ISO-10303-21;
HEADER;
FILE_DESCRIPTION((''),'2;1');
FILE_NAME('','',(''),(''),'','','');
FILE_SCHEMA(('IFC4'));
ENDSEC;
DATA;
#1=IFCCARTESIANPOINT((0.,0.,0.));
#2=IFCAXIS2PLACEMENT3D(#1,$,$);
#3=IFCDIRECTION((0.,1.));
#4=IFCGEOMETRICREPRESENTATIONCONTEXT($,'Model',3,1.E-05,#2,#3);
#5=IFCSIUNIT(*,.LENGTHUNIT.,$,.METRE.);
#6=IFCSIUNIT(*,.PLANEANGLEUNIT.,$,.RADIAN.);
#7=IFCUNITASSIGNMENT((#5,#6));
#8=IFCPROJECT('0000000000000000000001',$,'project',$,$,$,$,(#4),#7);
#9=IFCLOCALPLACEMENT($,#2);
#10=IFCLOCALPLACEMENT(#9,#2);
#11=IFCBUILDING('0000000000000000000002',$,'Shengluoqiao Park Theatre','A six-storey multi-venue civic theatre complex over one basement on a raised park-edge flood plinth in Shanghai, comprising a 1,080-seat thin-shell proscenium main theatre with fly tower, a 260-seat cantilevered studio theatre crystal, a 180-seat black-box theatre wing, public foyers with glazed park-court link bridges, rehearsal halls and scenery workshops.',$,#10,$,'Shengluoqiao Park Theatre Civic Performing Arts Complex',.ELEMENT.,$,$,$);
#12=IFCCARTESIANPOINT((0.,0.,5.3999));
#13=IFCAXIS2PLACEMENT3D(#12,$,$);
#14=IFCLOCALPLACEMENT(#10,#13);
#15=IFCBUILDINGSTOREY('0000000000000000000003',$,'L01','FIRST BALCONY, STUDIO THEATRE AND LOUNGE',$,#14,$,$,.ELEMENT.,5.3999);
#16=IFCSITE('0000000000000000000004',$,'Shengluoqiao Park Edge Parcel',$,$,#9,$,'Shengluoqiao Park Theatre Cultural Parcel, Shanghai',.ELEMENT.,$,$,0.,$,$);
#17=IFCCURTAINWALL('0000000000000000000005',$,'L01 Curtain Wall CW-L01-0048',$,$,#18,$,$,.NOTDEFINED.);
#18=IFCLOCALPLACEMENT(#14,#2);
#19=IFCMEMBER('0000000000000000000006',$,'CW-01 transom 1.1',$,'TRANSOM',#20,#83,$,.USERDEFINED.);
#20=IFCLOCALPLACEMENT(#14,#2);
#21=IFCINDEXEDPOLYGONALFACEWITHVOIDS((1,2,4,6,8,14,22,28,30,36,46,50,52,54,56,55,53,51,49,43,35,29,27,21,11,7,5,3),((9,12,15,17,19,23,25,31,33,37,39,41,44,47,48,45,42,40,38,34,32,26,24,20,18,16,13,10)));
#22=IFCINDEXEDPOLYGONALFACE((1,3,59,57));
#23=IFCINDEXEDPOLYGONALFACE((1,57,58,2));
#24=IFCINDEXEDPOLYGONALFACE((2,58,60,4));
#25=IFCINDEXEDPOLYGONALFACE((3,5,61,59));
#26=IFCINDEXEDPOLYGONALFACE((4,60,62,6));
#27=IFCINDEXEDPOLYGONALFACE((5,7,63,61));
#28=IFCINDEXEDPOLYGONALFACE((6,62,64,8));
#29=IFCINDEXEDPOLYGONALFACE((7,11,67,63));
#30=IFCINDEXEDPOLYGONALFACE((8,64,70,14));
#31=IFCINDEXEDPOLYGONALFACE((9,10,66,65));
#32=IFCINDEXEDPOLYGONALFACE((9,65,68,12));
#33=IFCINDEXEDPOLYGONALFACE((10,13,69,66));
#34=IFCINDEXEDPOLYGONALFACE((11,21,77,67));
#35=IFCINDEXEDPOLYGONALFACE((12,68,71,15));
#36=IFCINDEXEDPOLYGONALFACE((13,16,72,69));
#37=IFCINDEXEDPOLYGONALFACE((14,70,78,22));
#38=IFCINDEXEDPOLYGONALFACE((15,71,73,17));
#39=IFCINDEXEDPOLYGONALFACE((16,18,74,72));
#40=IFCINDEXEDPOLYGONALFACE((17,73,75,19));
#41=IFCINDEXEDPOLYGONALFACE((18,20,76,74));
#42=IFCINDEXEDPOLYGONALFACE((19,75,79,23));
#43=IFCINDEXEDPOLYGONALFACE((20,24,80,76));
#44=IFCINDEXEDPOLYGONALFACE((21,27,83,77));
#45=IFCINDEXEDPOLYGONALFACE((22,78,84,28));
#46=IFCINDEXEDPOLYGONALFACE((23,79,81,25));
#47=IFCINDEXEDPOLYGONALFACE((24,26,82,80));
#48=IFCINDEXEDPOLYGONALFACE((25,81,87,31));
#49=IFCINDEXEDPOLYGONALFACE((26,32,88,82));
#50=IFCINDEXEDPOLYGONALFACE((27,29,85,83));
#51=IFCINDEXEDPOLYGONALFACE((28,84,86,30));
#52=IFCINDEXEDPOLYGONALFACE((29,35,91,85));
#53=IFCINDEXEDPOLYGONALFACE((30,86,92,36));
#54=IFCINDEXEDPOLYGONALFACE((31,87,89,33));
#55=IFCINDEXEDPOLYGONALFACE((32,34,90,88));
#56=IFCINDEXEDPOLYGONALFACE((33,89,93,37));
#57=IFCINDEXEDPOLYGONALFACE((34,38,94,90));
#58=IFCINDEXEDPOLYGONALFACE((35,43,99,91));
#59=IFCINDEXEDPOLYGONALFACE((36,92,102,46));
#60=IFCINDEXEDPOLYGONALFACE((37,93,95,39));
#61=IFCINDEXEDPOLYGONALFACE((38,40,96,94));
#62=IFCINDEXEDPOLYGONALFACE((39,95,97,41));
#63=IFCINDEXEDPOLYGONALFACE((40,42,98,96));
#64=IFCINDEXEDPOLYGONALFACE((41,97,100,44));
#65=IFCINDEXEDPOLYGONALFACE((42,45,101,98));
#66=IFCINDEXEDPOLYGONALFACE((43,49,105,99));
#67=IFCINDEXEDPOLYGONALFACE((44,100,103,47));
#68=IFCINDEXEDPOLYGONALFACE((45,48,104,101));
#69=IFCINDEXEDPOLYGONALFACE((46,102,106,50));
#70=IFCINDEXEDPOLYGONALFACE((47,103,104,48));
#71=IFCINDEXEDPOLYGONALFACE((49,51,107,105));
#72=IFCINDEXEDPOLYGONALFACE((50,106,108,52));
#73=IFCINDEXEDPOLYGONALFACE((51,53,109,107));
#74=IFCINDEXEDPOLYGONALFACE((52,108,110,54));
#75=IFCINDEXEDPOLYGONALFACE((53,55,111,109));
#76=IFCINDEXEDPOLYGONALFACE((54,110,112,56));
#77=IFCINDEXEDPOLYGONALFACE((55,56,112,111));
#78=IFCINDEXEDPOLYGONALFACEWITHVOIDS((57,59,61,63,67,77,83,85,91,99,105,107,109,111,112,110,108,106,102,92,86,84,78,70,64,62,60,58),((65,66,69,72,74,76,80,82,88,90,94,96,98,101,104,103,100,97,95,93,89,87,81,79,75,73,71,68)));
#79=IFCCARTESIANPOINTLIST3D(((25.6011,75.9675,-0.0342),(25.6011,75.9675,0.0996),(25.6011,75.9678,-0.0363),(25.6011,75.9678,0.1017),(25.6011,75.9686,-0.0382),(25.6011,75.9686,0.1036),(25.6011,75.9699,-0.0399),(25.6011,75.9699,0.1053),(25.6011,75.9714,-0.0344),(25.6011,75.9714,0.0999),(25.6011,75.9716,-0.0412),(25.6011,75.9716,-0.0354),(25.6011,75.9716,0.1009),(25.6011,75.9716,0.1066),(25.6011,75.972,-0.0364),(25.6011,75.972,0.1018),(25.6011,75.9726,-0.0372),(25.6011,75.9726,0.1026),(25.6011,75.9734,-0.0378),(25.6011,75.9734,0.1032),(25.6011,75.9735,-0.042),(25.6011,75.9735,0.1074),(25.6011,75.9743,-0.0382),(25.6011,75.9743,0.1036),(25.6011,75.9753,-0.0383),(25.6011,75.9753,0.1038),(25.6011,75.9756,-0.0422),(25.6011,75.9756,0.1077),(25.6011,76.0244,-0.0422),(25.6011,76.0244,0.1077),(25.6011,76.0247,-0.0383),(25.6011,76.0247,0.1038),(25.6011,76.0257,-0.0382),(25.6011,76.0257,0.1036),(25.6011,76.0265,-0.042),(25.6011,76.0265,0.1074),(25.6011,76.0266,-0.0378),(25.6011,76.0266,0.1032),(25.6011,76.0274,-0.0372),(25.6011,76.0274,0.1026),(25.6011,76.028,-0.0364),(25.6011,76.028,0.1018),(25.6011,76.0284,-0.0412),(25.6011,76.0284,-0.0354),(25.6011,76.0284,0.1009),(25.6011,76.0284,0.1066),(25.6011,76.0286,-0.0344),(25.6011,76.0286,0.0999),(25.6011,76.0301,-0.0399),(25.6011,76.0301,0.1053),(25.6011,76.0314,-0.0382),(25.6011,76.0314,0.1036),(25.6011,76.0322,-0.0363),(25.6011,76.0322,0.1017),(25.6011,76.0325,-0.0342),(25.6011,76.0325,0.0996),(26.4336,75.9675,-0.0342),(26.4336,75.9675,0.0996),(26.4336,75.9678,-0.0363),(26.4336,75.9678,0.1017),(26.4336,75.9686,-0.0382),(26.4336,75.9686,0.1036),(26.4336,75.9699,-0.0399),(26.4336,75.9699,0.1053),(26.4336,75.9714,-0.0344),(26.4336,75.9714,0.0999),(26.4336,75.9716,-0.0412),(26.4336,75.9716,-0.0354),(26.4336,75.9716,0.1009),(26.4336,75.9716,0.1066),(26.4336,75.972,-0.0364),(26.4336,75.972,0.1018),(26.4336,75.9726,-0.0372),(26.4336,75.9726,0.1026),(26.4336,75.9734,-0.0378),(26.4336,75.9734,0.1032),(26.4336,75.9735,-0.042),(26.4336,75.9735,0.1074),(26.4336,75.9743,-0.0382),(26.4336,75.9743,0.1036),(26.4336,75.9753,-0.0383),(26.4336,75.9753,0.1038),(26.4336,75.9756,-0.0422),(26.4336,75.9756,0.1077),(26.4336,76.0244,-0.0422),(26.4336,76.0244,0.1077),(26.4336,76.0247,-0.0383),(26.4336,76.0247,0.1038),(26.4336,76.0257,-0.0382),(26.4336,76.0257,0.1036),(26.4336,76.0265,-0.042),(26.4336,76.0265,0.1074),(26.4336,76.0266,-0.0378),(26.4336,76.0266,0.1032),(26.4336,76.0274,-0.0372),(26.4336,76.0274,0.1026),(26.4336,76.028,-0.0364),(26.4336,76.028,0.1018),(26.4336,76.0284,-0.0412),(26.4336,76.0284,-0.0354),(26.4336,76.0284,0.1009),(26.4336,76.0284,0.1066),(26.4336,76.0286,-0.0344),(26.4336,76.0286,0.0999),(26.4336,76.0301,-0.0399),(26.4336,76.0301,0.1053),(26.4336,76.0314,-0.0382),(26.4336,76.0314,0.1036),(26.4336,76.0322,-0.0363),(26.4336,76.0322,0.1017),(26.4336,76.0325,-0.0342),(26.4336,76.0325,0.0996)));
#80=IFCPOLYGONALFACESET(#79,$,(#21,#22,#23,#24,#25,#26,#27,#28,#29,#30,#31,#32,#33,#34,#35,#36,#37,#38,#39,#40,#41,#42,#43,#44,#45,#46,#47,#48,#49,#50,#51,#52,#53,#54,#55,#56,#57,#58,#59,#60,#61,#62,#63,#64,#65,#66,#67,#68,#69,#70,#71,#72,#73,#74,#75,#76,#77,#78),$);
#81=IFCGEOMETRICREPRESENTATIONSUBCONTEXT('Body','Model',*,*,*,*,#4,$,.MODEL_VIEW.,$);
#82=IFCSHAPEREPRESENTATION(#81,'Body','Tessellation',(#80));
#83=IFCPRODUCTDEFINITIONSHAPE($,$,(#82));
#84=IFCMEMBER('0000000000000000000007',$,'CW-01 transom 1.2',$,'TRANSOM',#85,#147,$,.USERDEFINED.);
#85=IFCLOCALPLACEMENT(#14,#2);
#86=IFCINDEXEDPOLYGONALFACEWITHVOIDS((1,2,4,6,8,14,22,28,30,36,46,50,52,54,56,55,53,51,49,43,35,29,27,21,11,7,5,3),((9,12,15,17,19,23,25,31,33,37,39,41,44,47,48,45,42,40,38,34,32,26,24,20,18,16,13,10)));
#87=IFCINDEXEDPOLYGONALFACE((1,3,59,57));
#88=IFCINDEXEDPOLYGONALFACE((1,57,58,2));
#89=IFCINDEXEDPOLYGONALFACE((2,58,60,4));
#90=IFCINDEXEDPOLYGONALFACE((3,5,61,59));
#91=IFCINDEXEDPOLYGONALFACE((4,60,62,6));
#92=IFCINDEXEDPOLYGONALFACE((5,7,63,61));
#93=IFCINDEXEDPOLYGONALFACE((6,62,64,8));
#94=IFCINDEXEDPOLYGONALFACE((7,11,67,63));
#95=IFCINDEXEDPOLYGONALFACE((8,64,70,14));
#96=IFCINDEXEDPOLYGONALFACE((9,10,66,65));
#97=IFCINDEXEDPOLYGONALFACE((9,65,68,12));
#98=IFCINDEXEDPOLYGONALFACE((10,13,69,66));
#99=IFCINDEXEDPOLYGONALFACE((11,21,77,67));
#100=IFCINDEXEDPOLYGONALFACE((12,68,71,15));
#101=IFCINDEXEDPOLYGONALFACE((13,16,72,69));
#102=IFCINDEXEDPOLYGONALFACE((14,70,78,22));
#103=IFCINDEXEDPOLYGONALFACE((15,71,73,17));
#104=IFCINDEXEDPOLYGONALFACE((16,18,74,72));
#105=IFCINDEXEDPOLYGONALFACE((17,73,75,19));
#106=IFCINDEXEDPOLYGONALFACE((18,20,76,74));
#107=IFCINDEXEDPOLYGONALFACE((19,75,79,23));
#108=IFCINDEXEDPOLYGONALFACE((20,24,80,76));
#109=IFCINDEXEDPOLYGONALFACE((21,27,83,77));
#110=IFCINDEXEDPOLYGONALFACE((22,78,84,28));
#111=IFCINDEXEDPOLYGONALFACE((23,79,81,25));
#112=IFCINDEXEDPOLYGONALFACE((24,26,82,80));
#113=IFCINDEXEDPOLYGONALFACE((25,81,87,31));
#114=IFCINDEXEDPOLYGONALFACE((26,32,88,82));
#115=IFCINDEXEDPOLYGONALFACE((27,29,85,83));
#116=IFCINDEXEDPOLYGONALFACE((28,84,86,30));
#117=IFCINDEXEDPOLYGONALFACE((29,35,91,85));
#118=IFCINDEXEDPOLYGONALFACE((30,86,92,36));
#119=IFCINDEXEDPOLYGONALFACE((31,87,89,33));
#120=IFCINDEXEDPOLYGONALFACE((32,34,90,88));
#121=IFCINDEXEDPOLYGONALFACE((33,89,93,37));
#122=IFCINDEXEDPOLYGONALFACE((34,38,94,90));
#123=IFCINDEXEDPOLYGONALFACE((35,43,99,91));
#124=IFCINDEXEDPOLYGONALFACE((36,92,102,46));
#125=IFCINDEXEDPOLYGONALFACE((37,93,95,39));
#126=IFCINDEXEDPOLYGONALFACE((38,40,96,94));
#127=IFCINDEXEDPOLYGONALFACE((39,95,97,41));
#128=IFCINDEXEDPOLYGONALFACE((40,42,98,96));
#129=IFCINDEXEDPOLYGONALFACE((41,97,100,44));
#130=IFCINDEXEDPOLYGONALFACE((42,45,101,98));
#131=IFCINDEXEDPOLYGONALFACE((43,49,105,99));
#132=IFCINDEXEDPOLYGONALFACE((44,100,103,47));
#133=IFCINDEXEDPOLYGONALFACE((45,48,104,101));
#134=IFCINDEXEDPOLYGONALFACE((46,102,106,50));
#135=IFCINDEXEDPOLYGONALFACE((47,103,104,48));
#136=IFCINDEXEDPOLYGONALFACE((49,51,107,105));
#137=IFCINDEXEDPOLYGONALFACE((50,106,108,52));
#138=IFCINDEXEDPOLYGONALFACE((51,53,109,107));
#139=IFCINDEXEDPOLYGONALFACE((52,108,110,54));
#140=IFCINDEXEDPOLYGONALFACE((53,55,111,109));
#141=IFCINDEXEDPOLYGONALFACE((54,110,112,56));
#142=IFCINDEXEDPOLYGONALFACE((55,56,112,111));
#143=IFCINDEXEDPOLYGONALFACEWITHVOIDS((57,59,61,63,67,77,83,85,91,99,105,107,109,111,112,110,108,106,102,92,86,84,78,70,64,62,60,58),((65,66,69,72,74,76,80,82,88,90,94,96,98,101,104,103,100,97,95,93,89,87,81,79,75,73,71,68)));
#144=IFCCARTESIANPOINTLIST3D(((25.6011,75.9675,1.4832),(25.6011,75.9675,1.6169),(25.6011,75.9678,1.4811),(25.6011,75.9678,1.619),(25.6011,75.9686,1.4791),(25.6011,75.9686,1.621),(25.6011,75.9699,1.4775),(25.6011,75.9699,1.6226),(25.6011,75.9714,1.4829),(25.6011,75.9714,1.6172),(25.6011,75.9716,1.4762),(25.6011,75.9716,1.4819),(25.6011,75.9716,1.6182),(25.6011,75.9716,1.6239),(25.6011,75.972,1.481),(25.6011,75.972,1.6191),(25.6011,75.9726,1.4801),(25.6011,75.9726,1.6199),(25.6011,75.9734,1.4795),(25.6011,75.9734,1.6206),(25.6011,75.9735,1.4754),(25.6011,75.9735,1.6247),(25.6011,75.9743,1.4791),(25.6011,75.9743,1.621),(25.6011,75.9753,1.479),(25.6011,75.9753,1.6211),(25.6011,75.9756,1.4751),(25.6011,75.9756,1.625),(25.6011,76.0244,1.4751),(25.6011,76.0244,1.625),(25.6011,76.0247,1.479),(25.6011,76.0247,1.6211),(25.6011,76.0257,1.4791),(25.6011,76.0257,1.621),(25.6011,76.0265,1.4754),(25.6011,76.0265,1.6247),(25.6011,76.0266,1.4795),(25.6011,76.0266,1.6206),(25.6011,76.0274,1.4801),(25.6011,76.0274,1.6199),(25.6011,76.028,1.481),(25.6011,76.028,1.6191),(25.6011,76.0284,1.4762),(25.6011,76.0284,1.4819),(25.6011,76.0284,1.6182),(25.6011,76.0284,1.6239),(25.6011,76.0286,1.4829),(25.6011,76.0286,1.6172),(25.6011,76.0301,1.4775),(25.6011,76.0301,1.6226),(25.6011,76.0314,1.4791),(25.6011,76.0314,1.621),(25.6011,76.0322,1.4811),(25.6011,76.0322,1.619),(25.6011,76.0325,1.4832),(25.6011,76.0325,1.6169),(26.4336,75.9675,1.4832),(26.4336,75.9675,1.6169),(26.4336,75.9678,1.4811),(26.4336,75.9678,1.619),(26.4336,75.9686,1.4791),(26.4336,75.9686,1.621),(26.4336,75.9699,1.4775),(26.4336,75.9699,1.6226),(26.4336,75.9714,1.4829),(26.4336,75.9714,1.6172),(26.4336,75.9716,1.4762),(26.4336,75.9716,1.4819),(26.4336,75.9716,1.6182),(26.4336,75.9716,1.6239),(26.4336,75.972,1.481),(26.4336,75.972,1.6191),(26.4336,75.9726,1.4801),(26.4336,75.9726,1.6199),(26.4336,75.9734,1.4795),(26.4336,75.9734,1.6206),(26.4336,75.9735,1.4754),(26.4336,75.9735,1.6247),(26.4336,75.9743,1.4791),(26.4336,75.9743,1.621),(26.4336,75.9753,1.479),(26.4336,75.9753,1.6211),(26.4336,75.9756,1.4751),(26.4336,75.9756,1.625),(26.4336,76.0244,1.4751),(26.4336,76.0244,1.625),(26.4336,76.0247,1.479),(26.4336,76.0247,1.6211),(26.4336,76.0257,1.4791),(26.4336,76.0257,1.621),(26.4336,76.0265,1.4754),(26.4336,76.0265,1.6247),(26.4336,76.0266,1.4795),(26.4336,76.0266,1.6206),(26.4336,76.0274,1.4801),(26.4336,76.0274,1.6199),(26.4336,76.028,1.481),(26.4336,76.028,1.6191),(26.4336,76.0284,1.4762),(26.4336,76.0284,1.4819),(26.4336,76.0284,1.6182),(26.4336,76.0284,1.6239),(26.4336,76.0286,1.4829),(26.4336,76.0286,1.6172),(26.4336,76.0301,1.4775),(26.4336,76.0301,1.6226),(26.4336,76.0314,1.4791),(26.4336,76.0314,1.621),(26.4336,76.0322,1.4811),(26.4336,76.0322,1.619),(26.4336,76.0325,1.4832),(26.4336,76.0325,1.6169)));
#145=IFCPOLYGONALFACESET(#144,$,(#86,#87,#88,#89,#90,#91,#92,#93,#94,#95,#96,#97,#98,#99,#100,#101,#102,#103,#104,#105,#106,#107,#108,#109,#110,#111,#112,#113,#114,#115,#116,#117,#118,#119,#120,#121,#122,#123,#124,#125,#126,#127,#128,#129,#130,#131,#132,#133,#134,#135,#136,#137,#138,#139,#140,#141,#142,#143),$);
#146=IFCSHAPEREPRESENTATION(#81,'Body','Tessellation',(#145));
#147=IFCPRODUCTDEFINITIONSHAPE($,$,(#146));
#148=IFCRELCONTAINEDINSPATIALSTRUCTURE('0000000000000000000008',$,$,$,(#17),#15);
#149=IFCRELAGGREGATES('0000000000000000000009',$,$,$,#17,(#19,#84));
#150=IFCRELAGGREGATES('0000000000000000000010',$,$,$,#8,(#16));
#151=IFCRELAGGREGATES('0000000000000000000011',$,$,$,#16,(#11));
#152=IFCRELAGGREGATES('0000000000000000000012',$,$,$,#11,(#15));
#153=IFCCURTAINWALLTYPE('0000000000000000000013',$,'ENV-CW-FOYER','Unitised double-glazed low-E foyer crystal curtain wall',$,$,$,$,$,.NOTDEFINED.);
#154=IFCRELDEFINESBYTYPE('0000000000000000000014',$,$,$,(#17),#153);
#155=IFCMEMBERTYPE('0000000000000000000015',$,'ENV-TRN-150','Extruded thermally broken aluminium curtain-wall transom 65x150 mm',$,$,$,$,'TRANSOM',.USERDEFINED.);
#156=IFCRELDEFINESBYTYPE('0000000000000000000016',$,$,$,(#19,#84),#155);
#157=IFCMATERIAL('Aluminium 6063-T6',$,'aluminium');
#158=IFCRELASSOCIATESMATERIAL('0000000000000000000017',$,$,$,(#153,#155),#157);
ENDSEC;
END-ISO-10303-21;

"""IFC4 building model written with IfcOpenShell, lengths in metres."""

from ifc_helpers import new_model, si_unit, direction, frame, origin, origin_2d, place, context, subcontext, project, spatial, hollow_rectangle, extrude, material, material_profile, profile_set, type_object, element, aggregate, save


model = new_model("IFC4")

# Units and contexts
model_context = context("Model", 3, precision=1e-05, world=origin(), true_north=direction((0.0, 1.0)))
body_context = subcontext(model_context, "Body", "Model", "MODEL_VIEW")
ifc_project = project(units=[si_unit("LENGTHUNIT", "METRE"), si_unit("PLANEANGLEUNIT", "RADIAN")], contexts=[model_context])

# Site, building, storey
site_placement = place(None, origin())
site = spatial("IfcSite", under=ifc_project, at=site_placement, Name="Shengluoqiao Park Edge Parcel", LongName="Shengluoqiao Park Theatre Cultural Parcel, Shanghai", CompositionType="ELEMENT", RefElevation=0.0)
building_placement = place(site_placement, origin())
building = spatial("IfcBuilding", under=site, at=building_placement, Name="Shengluoqiao Park Theatre", Description="A six-storey multi-venue civic theatre complex over one basement on a raised park-edge flood plinth in Shanghai, comprising a 1,080-seat thin-shell proscenium main theatre with fly tower, a 260-seat cantilevered studio theatre crystal, a 180-seat black-box theatre wing, public foyers with glazed park-court link bridges, rehearsal halls and scenery workshops.", LongName="Shengluoqiao Park Theatre Civic Performing Arts Complex", CompositionType="ELEMENT")
storey_placement = place(building_placement, frame((0.0, 0.0, 5.3999)))
storey = spatial("IfcBuildingStorey", under=building, at=storey_placement, Name="L01", Description="FIRST BALCONY, STUDIO THEATRE AND LOUNGE", CompositionType="ELEMENT", Elevation=5.3999)

# Shared definitions
ifc_material_1 = material(Name="Aluminium 6063-T6", Category="aluminium")
curtain_wall_type = type_object("IfcCurtainWallType", Name="ENV-CW-FOYER", Description="Unitised double-glazed low-E foyer crystal curtain wall", PredefinedType="NOTDEFINED", material=ifc_material_1)

# Curtain wall
curtain_wall_1_placement = place(storey_placement, origin())
curtain_wall_1 = element("IfcCurtainWall", 1, at=curtain_wall_1_placement, inside=storey, type_object=curtain_wall_type, Name="L01 Curtain Wall CW-L01-0048", PredefinedType="NOTDEFINED")

# Members
ifc_material_profile_1 = material_profile(ifc_material_1, hollow_rectangle(XDim=0.0649, YDim=0.1499, WallThickness=0.0039, InnerFilletRadius=0.0039, OuterFilletRadius=0.0081, at=origin_2d()), Name="ALU TRANSOM 150x65x4")
ifc_profile_set_1 = profile_set([ifc_material_profile_1], Name="Aluminium 6063-T6")
member_type_1 = type_object("IfcMemberType", Name="ENV-TRN-150", Description="Extruded thermally broken aluminium curtain-wall transom 65x150 mm", ElementType="TRANSOM", PredefinedType="USERDEFINED", material=ifc_profile_set_1)
member_1_placement = place(storey_placement, frame((25.6011, 76.0, 0.0327), z_axis=(1.0, 0.0, 0.0), x_axis=(0.0, 1.0, 0.0)))
member_1 = element("IfcMember", 2, at=member_1_placement, type_object=member_type_1, Name="CW-01 transom 1.1", ObjectType="TRANSOM", PredefinedType="USERDEFINED", context=body_context, shape_type="SweptSolid", body=[
    extrude(hollow_rectangle(XDim=0.0649, YDim=0.1499, WallThickness=0.0039, InnerFilletRadius=0.0039, OuterFilletRadius=0.0081, at=origin_2d()), origin(), (0.0, 0.0, 1.0), 0.8325),
])
member_2_placement = place(storey_placement, frame((25.6011, 76.0, 1.55), z_axis=(1.0, 0.0, 0.0), x_axis=(0.0, 1.0, 0.0)))
member_2 = element("IfcMember", 3, at=member_2_placement, type_object=member_type_1, Name="CW-01 transom 1.2", ObjectType="TRANSOM", PredefinedType="USERDEFINED", context=body_context, shape_type="SweptSolid", body=[
    extrude(hollow_rectangle(XDim=0.0649, YDim=0.1499, WallThickness=0.0039, InnerFilletRadius=0.0039, OuterFilletRadius=0.0081, at=origin_2d()), origin(), (0.0, 0.0, 1.0), 0.8325),
])
aggregate(curtain_wall_1, [member_1, member_2])

save(model, "model.ifc")
